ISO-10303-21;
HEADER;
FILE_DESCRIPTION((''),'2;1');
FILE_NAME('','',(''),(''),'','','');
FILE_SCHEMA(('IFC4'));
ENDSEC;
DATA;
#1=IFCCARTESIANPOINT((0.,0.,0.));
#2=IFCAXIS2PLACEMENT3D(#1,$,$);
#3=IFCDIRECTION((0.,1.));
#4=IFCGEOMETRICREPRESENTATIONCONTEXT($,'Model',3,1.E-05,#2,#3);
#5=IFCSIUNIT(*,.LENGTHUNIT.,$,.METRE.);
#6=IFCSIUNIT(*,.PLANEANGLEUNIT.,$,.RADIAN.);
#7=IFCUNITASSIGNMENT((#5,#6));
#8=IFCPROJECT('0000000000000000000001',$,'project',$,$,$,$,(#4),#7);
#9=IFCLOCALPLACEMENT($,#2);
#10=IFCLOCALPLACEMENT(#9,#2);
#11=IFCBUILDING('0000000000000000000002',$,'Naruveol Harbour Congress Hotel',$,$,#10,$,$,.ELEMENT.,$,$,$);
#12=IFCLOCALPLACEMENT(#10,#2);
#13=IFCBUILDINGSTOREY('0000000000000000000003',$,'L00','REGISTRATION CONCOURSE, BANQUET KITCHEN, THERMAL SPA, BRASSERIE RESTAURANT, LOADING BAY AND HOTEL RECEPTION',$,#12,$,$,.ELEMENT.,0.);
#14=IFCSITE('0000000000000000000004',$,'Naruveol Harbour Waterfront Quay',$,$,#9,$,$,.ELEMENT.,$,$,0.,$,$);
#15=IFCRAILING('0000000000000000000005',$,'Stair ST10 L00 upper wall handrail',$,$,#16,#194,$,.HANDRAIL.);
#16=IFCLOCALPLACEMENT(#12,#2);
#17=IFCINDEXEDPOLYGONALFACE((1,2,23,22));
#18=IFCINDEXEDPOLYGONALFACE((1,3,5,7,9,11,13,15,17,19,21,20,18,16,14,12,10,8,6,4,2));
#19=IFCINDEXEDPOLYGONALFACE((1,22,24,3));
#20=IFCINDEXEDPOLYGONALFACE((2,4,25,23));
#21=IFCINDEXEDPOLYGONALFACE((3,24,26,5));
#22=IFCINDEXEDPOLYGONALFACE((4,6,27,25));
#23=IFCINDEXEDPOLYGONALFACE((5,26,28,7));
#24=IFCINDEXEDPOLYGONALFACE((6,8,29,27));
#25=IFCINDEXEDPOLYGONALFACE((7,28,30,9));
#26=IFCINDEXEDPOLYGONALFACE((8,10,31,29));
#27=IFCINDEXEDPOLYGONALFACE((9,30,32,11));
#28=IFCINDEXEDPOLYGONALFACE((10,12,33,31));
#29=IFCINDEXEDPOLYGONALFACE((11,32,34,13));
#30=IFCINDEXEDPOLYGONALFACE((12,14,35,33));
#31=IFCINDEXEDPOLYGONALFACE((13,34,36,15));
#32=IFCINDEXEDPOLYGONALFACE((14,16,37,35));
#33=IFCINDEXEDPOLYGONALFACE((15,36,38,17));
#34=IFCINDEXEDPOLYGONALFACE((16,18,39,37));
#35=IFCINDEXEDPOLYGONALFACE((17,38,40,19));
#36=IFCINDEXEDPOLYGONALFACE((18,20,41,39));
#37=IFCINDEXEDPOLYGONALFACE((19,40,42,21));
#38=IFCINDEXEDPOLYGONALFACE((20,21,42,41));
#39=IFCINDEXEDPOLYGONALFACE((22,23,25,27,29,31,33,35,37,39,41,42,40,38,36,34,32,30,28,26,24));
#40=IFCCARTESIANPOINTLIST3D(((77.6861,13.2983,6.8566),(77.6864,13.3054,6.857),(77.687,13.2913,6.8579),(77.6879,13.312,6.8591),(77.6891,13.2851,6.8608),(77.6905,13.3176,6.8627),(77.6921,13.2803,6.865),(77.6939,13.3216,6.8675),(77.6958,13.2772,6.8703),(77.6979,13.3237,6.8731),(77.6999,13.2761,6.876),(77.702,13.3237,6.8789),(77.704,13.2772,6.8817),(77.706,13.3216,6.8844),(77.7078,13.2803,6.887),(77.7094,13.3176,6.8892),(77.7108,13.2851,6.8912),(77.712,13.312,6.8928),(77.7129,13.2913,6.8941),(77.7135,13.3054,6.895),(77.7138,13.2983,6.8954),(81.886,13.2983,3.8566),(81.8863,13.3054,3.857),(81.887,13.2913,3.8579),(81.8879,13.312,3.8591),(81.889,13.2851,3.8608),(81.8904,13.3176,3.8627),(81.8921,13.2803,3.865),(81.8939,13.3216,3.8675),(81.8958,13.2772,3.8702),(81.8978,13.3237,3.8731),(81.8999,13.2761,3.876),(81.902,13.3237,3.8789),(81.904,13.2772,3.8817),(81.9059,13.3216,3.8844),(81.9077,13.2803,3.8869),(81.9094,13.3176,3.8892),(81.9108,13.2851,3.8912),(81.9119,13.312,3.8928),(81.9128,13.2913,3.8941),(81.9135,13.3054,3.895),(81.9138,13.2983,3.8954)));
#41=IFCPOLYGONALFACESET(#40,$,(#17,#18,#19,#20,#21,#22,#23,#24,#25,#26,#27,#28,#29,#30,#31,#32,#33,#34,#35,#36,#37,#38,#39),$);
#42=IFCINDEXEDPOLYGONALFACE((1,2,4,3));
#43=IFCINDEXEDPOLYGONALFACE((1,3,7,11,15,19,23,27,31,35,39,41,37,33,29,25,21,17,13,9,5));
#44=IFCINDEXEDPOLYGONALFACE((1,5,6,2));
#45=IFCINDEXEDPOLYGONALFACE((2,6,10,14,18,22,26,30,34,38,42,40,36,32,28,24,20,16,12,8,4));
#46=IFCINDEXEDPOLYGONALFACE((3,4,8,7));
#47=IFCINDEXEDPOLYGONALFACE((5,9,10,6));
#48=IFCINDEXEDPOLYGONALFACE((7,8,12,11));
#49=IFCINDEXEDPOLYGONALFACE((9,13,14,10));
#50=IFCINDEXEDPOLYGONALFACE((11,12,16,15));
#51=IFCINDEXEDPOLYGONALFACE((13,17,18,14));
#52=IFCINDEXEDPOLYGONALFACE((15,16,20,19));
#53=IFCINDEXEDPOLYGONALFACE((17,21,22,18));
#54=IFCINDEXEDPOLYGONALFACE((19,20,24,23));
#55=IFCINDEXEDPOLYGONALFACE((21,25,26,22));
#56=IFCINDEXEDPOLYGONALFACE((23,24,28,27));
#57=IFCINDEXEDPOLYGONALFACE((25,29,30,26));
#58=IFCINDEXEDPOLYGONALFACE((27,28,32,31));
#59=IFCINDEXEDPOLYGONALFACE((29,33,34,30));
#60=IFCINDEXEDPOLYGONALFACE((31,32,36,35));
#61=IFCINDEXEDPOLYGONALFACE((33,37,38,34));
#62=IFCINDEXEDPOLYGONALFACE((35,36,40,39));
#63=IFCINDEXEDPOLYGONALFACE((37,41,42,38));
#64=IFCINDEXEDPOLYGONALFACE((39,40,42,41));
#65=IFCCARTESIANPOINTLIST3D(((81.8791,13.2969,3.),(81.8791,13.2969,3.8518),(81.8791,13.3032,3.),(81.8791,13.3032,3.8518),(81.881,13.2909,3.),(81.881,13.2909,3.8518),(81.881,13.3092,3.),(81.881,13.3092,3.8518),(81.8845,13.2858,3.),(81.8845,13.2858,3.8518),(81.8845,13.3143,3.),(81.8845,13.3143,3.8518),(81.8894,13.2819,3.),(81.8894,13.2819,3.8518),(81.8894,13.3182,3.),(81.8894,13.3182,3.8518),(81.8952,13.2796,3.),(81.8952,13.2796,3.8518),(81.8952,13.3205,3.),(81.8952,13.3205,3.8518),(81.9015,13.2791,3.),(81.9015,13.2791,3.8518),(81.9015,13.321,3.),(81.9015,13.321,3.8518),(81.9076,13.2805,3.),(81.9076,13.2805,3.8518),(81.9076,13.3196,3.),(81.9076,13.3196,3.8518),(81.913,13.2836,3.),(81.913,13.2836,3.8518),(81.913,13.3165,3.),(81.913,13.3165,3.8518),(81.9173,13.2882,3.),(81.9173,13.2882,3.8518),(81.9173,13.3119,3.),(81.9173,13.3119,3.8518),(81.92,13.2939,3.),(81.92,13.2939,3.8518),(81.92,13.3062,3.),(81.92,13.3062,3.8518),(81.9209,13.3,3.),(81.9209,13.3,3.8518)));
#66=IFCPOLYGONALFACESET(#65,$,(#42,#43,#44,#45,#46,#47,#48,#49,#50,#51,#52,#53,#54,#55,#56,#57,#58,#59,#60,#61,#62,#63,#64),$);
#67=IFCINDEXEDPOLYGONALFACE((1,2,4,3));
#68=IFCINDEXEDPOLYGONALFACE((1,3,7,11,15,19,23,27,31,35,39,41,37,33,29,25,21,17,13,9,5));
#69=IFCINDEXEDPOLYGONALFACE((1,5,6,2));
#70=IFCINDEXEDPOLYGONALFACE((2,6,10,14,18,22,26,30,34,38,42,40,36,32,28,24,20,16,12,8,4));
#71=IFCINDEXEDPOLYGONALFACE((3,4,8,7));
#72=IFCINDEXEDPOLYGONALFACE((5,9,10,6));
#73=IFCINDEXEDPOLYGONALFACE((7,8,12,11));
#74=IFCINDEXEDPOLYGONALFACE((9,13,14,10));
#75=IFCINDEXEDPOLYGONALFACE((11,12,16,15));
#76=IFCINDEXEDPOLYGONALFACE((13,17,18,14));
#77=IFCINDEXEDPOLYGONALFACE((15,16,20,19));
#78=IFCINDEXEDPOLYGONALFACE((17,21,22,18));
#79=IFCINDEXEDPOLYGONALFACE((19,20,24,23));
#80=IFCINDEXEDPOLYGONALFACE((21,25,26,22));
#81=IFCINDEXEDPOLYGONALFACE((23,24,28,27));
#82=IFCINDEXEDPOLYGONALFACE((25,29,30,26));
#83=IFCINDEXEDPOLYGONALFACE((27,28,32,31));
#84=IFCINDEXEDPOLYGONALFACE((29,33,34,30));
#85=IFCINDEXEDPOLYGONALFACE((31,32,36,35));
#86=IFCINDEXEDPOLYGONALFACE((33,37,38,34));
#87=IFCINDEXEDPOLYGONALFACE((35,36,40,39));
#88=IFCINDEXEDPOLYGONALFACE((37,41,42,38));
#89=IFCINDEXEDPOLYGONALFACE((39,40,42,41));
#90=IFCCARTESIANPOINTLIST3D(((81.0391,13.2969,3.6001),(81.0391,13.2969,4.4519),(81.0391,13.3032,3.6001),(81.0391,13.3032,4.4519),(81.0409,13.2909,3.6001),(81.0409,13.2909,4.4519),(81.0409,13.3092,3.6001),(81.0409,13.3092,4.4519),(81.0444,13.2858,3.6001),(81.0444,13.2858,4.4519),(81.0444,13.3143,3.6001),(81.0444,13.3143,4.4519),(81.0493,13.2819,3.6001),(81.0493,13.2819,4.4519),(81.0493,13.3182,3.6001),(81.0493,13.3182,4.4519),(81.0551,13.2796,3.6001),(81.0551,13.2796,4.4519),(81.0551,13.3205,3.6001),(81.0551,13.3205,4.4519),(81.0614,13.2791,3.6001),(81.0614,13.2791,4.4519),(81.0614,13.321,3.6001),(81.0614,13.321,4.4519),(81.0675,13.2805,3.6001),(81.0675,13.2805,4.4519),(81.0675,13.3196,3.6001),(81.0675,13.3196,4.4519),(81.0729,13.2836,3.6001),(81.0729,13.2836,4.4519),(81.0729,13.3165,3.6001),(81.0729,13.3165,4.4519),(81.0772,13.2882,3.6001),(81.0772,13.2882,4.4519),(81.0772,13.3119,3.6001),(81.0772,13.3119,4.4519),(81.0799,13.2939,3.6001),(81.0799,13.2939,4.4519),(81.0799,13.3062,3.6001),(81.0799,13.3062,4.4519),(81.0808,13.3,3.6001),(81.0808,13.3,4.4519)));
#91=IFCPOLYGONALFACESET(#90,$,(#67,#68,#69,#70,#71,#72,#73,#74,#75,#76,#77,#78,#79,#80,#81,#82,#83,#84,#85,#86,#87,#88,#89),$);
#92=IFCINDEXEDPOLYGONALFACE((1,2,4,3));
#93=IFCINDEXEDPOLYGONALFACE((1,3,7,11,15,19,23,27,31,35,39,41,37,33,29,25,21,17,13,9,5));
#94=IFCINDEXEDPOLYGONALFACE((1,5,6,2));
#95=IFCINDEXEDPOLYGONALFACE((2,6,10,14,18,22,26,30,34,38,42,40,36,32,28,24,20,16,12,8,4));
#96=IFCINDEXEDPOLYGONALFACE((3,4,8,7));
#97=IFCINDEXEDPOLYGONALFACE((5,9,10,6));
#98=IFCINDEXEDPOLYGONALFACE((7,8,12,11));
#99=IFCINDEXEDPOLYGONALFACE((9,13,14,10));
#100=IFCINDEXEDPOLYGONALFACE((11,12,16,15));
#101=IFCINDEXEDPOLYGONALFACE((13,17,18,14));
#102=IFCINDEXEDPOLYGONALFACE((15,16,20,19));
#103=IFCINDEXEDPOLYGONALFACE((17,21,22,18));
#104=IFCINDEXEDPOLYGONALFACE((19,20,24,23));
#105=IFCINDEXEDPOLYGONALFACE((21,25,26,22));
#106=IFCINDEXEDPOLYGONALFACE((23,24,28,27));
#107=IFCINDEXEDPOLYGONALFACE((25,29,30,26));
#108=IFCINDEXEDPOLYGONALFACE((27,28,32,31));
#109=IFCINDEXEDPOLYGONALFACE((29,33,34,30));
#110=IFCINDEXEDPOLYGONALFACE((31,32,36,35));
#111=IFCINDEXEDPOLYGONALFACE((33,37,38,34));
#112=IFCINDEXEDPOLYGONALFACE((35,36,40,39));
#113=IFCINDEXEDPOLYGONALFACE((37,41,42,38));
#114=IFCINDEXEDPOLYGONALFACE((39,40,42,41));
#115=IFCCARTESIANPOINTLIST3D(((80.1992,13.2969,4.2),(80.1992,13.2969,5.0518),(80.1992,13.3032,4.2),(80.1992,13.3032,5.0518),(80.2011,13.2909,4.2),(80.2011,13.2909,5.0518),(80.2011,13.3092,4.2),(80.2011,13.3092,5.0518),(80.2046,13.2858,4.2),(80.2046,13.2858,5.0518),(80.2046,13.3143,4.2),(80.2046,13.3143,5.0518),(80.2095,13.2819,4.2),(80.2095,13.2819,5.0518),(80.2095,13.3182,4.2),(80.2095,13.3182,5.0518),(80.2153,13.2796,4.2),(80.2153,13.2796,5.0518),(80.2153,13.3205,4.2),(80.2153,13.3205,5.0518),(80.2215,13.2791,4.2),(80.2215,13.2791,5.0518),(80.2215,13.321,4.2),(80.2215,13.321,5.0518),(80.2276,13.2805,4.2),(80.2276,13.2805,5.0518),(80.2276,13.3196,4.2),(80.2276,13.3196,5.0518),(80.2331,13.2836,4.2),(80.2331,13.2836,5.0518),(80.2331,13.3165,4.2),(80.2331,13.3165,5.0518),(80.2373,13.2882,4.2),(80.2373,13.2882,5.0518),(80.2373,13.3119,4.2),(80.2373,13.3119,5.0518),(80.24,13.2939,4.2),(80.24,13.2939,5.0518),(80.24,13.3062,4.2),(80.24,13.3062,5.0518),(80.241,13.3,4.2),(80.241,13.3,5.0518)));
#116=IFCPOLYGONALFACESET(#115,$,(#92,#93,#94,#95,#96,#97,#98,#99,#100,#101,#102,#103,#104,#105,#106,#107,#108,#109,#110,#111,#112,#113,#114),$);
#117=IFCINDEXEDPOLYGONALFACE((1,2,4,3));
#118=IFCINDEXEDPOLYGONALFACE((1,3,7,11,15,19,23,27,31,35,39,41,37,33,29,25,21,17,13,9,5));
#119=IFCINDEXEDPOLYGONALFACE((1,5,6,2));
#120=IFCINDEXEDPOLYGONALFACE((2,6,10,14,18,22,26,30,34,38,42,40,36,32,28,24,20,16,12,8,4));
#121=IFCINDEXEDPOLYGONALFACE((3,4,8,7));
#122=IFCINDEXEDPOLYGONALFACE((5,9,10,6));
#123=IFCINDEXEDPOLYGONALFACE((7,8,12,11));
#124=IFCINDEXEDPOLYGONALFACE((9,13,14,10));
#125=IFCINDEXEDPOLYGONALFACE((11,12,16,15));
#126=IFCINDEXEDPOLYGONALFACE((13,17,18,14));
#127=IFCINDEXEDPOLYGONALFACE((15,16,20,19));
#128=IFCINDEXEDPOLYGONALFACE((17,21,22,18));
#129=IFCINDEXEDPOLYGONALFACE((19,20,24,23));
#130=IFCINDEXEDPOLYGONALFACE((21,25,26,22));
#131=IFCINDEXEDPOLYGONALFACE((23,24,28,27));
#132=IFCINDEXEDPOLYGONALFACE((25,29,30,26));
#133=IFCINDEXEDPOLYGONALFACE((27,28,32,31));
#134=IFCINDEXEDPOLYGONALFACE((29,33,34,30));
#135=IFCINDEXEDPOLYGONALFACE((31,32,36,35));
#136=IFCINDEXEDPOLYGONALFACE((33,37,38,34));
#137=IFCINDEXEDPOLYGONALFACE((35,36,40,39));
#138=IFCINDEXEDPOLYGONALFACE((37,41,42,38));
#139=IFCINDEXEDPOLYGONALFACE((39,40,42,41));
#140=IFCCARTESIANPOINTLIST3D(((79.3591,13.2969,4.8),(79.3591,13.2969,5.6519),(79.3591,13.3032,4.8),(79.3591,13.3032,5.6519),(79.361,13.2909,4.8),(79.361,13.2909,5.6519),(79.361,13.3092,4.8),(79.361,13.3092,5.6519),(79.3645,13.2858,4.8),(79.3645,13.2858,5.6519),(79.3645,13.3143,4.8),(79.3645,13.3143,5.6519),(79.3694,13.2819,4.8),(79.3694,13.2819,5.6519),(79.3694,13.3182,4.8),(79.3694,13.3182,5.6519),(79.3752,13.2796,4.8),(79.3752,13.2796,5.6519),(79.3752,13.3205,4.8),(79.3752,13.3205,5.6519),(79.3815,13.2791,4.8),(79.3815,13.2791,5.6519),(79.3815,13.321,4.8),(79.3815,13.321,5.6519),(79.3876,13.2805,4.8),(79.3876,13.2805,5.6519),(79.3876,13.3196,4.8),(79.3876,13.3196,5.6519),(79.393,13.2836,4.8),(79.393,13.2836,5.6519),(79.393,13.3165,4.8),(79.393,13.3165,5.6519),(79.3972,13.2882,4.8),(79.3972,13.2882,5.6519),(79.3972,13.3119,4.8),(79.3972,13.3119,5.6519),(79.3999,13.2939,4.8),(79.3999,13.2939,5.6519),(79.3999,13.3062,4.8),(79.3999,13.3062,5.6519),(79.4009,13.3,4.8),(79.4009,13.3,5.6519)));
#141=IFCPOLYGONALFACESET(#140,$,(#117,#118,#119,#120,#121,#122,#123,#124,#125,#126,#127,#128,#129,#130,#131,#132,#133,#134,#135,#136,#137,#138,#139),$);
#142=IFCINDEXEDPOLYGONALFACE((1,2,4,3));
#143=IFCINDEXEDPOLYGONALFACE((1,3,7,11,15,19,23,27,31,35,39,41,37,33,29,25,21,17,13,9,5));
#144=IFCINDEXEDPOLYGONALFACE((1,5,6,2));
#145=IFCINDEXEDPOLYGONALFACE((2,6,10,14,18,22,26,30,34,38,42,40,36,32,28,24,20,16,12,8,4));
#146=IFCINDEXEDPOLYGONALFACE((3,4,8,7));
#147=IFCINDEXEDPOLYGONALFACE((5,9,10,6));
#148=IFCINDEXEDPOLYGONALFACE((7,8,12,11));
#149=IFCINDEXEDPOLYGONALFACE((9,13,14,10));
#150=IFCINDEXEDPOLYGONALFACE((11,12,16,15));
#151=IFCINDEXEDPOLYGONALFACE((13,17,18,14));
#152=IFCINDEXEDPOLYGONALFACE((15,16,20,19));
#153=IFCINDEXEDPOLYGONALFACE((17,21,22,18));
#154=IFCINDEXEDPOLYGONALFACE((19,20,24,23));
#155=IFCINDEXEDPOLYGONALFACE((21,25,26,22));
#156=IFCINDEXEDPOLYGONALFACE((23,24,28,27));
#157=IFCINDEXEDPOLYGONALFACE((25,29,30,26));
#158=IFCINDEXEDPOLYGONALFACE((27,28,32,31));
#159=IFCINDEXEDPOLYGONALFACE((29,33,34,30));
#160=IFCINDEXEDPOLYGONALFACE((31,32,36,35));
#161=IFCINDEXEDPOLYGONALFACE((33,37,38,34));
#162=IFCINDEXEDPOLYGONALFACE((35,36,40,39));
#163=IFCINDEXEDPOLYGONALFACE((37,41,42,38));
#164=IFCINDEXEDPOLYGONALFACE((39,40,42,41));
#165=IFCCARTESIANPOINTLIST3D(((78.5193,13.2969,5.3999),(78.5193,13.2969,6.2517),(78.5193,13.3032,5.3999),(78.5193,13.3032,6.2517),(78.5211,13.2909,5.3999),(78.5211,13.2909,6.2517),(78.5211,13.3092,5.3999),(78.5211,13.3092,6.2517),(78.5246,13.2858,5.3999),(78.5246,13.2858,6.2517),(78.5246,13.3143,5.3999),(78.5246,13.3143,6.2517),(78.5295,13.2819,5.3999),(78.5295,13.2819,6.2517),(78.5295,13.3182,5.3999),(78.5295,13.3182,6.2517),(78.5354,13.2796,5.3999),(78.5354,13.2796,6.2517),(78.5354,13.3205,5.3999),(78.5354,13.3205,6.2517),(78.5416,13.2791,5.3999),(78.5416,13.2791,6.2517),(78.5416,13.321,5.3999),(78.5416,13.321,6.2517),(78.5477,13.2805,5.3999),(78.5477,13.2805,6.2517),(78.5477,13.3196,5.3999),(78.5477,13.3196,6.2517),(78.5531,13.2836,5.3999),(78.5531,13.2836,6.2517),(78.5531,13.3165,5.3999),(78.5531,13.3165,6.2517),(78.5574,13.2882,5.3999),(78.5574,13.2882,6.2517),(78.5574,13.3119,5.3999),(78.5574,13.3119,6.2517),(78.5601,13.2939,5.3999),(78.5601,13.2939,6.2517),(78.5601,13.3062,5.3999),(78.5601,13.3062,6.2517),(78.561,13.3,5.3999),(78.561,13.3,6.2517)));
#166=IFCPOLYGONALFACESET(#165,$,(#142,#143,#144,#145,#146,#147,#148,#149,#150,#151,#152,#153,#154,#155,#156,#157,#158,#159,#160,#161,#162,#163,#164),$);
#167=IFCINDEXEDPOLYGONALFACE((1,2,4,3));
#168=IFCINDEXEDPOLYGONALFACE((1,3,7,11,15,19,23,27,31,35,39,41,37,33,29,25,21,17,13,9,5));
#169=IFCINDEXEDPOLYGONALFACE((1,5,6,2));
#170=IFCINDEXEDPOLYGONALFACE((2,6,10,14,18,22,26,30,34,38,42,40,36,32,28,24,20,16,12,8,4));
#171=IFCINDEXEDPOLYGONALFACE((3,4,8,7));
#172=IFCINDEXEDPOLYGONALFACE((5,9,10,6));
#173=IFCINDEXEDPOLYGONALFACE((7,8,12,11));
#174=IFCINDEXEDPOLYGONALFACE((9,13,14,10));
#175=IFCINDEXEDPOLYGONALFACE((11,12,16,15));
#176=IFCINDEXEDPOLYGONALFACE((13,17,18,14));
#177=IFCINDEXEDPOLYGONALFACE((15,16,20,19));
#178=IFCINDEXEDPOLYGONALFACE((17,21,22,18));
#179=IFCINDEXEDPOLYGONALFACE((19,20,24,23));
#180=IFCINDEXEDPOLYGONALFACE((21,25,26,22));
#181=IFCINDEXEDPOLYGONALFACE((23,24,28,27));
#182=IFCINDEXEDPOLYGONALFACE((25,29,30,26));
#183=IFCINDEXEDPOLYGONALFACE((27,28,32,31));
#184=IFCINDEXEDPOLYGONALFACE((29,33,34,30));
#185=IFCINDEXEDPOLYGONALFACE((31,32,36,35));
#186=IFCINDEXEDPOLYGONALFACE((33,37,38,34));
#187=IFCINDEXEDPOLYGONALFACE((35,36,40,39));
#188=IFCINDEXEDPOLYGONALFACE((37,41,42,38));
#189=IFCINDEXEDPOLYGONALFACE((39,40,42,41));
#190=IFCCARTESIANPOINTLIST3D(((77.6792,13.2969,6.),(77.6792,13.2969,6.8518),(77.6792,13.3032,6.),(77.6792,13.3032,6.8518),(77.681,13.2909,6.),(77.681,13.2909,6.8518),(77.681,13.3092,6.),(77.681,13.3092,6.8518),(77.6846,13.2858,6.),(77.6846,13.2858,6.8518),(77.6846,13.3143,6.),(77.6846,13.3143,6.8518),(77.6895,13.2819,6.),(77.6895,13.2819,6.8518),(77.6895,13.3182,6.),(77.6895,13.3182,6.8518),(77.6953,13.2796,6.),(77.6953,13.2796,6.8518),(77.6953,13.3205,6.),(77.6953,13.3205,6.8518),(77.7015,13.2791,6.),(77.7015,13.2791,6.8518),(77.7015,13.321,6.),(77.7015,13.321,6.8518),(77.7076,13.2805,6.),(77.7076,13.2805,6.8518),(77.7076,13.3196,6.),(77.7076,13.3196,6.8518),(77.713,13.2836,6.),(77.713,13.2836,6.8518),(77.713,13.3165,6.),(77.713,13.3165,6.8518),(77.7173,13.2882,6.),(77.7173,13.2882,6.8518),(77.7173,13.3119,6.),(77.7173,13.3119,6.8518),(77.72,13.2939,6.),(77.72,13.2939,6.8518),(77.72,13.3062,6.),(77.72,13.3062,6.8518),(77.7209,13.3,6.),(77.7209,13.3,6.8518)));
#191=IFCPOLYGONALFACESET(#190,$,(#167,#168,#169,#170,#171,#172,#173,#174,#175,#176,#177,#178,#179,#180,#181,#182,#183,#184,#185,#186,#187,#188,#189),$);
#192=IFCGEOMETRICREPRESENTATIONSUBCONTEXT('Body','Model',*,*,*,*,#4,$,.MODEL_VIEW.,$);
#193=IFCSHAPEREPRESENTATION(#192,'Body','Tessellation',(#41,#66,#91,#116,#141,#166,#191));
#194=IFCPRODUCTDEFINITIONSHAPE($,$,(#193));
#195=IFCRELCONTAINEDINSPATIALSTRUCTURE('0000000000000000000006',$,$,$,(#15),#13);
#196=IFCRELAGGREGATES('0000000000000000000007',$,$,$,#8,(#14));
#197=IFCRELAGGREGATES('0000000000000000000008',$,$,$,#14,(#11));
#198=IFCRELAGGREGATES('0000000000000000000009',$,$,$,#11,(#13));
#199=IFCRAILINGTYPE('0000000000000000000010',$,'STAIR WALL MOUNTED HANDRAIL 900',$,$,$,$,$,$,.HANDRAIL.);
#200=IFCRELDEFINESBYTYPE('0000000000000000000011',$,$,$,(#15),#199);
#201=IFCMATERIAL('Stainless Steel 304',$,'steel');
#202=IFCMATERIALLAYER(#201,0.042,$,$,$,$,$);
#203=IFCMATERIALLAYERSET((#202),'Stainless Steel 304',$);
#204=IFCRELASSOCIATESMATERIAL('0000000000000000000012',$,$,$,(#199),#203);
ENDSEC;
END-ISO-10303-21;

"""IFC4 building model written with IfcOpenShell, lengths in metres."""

from ifc_helpers import new_model, si_unit, direction, frame, origin, origin_2d, place, context, subcontext, project, spatial, circle, extrude, material, layer, layer_set, type_object, element, save


model = new_model("IFC4")

# Units and contexts
model_context = context("Model", 3, precision=1e-05, world=origin(), true_north=direction((0.0, 1.0)))
body_context = subcontext(model_context, "Body", "Model", "MODEL_VIEW")
ifc_project = project(units=[si_unit("LENGTHUNIT", "METRE"), si_unit("PLANEANGLEUNIT", "RADIAN")], contexts=[model_context])

# Site, building, storey
site_placement = place(None, origin())
site = spatial("IfcSite", under=ifc_project, at=site_placement, Name="Naruveol Harbour Waterfront Quay", CompositionType="ELEMENT", RefElevation=0.0)
building_placement = place(site_placement, origin())
building = spatial("IfcBuilding", under=site, at=building_placement, Name="Naruveol Harbour Congress Hotel", CompositionType="ELEMENT")
storey_placement = place(building_placement, origin())
storey = spatial("IfcBuildingStorey", under=building, at=storey_placement, Name="L00", Description="REGISTRATION CONCOURSE, BANQUET KITCHEN, THERMAL SPA, BRASSERIE RESTAURANT, LOADING BAY AND HOTEL RECEPTION", CompositionType="ELEMENT", Elevation=0.0)

# Railing
ifc_material_1 = material(Name="Stainless Steel 304", Category="steel")
ifc_layer_1 = layer(ifc_material_1, 0.042)
ifc_layer_set_1 = layer_set([ifc_layer_1], Name="Stainless Steel 304")
railing_type_1 = type_object("IfcRailingType", Name="STAIR WALL MOUNTED HANDRAIL 900", PredefinedType="HANDRAIL", material=ifc_layer_set_1)
railing_1_placement = place(storey_placement, frame((81.8999, 13.3, 3.0)))
element("IfcRailing", 1, at=railing_1_placement, inside=storey, type_object=railing_type_1, Name="Stair ST10 L00 upper wall handrail", PredefinedType="HANDRAIL", context=body_context, shape_type="SweptSolid", body=[
    extrude(circle(Radius=0.0239, at=origin_2d()), frame((0.0, 0.0, 0.876), z_axis=(-0.81373, 0.0, 0.581243), x_axis=(0.0, -1.0, 0.0)), (0.0, 0.0, 1.0), 5.1614),
    extrude(circle(Radius=0.021, at=origin_2d()), origin(), (0.0, 0.0, 1.0), 0.8518),
    extrude(circle(Radius=0.021, at=origin_2d()), frame((-0.8401, 0.0, 0.6001)), (0.0, 0.0, 1.0), 0.8518),
    extrude(circle(Radius=0.021, at=origin_2d()), frame((-1.6799, 0.0, 1.2)), (0.0, 0.0, 1.0), 0.8518),
    extrude(circle(Radius=0.021, at=origin_2d()), frame((-2.52, 0.0, 1.8)), (0.0, 0.0, 1.0), 0.8518),
    extrude(circle(Radius=0.021, at=origin_2d()), frame((-3.3599, 0.0, 2.3999)), (0.0, 0.0, 1.0), 0.8518),
    extrude(circle(Radius=0.021, at=origin_2d()), frame((-4.2, 0.0, 3.0)), (0.0, 0.0, 1.0), 0.8518),
])

save(model, "model.ifc")
